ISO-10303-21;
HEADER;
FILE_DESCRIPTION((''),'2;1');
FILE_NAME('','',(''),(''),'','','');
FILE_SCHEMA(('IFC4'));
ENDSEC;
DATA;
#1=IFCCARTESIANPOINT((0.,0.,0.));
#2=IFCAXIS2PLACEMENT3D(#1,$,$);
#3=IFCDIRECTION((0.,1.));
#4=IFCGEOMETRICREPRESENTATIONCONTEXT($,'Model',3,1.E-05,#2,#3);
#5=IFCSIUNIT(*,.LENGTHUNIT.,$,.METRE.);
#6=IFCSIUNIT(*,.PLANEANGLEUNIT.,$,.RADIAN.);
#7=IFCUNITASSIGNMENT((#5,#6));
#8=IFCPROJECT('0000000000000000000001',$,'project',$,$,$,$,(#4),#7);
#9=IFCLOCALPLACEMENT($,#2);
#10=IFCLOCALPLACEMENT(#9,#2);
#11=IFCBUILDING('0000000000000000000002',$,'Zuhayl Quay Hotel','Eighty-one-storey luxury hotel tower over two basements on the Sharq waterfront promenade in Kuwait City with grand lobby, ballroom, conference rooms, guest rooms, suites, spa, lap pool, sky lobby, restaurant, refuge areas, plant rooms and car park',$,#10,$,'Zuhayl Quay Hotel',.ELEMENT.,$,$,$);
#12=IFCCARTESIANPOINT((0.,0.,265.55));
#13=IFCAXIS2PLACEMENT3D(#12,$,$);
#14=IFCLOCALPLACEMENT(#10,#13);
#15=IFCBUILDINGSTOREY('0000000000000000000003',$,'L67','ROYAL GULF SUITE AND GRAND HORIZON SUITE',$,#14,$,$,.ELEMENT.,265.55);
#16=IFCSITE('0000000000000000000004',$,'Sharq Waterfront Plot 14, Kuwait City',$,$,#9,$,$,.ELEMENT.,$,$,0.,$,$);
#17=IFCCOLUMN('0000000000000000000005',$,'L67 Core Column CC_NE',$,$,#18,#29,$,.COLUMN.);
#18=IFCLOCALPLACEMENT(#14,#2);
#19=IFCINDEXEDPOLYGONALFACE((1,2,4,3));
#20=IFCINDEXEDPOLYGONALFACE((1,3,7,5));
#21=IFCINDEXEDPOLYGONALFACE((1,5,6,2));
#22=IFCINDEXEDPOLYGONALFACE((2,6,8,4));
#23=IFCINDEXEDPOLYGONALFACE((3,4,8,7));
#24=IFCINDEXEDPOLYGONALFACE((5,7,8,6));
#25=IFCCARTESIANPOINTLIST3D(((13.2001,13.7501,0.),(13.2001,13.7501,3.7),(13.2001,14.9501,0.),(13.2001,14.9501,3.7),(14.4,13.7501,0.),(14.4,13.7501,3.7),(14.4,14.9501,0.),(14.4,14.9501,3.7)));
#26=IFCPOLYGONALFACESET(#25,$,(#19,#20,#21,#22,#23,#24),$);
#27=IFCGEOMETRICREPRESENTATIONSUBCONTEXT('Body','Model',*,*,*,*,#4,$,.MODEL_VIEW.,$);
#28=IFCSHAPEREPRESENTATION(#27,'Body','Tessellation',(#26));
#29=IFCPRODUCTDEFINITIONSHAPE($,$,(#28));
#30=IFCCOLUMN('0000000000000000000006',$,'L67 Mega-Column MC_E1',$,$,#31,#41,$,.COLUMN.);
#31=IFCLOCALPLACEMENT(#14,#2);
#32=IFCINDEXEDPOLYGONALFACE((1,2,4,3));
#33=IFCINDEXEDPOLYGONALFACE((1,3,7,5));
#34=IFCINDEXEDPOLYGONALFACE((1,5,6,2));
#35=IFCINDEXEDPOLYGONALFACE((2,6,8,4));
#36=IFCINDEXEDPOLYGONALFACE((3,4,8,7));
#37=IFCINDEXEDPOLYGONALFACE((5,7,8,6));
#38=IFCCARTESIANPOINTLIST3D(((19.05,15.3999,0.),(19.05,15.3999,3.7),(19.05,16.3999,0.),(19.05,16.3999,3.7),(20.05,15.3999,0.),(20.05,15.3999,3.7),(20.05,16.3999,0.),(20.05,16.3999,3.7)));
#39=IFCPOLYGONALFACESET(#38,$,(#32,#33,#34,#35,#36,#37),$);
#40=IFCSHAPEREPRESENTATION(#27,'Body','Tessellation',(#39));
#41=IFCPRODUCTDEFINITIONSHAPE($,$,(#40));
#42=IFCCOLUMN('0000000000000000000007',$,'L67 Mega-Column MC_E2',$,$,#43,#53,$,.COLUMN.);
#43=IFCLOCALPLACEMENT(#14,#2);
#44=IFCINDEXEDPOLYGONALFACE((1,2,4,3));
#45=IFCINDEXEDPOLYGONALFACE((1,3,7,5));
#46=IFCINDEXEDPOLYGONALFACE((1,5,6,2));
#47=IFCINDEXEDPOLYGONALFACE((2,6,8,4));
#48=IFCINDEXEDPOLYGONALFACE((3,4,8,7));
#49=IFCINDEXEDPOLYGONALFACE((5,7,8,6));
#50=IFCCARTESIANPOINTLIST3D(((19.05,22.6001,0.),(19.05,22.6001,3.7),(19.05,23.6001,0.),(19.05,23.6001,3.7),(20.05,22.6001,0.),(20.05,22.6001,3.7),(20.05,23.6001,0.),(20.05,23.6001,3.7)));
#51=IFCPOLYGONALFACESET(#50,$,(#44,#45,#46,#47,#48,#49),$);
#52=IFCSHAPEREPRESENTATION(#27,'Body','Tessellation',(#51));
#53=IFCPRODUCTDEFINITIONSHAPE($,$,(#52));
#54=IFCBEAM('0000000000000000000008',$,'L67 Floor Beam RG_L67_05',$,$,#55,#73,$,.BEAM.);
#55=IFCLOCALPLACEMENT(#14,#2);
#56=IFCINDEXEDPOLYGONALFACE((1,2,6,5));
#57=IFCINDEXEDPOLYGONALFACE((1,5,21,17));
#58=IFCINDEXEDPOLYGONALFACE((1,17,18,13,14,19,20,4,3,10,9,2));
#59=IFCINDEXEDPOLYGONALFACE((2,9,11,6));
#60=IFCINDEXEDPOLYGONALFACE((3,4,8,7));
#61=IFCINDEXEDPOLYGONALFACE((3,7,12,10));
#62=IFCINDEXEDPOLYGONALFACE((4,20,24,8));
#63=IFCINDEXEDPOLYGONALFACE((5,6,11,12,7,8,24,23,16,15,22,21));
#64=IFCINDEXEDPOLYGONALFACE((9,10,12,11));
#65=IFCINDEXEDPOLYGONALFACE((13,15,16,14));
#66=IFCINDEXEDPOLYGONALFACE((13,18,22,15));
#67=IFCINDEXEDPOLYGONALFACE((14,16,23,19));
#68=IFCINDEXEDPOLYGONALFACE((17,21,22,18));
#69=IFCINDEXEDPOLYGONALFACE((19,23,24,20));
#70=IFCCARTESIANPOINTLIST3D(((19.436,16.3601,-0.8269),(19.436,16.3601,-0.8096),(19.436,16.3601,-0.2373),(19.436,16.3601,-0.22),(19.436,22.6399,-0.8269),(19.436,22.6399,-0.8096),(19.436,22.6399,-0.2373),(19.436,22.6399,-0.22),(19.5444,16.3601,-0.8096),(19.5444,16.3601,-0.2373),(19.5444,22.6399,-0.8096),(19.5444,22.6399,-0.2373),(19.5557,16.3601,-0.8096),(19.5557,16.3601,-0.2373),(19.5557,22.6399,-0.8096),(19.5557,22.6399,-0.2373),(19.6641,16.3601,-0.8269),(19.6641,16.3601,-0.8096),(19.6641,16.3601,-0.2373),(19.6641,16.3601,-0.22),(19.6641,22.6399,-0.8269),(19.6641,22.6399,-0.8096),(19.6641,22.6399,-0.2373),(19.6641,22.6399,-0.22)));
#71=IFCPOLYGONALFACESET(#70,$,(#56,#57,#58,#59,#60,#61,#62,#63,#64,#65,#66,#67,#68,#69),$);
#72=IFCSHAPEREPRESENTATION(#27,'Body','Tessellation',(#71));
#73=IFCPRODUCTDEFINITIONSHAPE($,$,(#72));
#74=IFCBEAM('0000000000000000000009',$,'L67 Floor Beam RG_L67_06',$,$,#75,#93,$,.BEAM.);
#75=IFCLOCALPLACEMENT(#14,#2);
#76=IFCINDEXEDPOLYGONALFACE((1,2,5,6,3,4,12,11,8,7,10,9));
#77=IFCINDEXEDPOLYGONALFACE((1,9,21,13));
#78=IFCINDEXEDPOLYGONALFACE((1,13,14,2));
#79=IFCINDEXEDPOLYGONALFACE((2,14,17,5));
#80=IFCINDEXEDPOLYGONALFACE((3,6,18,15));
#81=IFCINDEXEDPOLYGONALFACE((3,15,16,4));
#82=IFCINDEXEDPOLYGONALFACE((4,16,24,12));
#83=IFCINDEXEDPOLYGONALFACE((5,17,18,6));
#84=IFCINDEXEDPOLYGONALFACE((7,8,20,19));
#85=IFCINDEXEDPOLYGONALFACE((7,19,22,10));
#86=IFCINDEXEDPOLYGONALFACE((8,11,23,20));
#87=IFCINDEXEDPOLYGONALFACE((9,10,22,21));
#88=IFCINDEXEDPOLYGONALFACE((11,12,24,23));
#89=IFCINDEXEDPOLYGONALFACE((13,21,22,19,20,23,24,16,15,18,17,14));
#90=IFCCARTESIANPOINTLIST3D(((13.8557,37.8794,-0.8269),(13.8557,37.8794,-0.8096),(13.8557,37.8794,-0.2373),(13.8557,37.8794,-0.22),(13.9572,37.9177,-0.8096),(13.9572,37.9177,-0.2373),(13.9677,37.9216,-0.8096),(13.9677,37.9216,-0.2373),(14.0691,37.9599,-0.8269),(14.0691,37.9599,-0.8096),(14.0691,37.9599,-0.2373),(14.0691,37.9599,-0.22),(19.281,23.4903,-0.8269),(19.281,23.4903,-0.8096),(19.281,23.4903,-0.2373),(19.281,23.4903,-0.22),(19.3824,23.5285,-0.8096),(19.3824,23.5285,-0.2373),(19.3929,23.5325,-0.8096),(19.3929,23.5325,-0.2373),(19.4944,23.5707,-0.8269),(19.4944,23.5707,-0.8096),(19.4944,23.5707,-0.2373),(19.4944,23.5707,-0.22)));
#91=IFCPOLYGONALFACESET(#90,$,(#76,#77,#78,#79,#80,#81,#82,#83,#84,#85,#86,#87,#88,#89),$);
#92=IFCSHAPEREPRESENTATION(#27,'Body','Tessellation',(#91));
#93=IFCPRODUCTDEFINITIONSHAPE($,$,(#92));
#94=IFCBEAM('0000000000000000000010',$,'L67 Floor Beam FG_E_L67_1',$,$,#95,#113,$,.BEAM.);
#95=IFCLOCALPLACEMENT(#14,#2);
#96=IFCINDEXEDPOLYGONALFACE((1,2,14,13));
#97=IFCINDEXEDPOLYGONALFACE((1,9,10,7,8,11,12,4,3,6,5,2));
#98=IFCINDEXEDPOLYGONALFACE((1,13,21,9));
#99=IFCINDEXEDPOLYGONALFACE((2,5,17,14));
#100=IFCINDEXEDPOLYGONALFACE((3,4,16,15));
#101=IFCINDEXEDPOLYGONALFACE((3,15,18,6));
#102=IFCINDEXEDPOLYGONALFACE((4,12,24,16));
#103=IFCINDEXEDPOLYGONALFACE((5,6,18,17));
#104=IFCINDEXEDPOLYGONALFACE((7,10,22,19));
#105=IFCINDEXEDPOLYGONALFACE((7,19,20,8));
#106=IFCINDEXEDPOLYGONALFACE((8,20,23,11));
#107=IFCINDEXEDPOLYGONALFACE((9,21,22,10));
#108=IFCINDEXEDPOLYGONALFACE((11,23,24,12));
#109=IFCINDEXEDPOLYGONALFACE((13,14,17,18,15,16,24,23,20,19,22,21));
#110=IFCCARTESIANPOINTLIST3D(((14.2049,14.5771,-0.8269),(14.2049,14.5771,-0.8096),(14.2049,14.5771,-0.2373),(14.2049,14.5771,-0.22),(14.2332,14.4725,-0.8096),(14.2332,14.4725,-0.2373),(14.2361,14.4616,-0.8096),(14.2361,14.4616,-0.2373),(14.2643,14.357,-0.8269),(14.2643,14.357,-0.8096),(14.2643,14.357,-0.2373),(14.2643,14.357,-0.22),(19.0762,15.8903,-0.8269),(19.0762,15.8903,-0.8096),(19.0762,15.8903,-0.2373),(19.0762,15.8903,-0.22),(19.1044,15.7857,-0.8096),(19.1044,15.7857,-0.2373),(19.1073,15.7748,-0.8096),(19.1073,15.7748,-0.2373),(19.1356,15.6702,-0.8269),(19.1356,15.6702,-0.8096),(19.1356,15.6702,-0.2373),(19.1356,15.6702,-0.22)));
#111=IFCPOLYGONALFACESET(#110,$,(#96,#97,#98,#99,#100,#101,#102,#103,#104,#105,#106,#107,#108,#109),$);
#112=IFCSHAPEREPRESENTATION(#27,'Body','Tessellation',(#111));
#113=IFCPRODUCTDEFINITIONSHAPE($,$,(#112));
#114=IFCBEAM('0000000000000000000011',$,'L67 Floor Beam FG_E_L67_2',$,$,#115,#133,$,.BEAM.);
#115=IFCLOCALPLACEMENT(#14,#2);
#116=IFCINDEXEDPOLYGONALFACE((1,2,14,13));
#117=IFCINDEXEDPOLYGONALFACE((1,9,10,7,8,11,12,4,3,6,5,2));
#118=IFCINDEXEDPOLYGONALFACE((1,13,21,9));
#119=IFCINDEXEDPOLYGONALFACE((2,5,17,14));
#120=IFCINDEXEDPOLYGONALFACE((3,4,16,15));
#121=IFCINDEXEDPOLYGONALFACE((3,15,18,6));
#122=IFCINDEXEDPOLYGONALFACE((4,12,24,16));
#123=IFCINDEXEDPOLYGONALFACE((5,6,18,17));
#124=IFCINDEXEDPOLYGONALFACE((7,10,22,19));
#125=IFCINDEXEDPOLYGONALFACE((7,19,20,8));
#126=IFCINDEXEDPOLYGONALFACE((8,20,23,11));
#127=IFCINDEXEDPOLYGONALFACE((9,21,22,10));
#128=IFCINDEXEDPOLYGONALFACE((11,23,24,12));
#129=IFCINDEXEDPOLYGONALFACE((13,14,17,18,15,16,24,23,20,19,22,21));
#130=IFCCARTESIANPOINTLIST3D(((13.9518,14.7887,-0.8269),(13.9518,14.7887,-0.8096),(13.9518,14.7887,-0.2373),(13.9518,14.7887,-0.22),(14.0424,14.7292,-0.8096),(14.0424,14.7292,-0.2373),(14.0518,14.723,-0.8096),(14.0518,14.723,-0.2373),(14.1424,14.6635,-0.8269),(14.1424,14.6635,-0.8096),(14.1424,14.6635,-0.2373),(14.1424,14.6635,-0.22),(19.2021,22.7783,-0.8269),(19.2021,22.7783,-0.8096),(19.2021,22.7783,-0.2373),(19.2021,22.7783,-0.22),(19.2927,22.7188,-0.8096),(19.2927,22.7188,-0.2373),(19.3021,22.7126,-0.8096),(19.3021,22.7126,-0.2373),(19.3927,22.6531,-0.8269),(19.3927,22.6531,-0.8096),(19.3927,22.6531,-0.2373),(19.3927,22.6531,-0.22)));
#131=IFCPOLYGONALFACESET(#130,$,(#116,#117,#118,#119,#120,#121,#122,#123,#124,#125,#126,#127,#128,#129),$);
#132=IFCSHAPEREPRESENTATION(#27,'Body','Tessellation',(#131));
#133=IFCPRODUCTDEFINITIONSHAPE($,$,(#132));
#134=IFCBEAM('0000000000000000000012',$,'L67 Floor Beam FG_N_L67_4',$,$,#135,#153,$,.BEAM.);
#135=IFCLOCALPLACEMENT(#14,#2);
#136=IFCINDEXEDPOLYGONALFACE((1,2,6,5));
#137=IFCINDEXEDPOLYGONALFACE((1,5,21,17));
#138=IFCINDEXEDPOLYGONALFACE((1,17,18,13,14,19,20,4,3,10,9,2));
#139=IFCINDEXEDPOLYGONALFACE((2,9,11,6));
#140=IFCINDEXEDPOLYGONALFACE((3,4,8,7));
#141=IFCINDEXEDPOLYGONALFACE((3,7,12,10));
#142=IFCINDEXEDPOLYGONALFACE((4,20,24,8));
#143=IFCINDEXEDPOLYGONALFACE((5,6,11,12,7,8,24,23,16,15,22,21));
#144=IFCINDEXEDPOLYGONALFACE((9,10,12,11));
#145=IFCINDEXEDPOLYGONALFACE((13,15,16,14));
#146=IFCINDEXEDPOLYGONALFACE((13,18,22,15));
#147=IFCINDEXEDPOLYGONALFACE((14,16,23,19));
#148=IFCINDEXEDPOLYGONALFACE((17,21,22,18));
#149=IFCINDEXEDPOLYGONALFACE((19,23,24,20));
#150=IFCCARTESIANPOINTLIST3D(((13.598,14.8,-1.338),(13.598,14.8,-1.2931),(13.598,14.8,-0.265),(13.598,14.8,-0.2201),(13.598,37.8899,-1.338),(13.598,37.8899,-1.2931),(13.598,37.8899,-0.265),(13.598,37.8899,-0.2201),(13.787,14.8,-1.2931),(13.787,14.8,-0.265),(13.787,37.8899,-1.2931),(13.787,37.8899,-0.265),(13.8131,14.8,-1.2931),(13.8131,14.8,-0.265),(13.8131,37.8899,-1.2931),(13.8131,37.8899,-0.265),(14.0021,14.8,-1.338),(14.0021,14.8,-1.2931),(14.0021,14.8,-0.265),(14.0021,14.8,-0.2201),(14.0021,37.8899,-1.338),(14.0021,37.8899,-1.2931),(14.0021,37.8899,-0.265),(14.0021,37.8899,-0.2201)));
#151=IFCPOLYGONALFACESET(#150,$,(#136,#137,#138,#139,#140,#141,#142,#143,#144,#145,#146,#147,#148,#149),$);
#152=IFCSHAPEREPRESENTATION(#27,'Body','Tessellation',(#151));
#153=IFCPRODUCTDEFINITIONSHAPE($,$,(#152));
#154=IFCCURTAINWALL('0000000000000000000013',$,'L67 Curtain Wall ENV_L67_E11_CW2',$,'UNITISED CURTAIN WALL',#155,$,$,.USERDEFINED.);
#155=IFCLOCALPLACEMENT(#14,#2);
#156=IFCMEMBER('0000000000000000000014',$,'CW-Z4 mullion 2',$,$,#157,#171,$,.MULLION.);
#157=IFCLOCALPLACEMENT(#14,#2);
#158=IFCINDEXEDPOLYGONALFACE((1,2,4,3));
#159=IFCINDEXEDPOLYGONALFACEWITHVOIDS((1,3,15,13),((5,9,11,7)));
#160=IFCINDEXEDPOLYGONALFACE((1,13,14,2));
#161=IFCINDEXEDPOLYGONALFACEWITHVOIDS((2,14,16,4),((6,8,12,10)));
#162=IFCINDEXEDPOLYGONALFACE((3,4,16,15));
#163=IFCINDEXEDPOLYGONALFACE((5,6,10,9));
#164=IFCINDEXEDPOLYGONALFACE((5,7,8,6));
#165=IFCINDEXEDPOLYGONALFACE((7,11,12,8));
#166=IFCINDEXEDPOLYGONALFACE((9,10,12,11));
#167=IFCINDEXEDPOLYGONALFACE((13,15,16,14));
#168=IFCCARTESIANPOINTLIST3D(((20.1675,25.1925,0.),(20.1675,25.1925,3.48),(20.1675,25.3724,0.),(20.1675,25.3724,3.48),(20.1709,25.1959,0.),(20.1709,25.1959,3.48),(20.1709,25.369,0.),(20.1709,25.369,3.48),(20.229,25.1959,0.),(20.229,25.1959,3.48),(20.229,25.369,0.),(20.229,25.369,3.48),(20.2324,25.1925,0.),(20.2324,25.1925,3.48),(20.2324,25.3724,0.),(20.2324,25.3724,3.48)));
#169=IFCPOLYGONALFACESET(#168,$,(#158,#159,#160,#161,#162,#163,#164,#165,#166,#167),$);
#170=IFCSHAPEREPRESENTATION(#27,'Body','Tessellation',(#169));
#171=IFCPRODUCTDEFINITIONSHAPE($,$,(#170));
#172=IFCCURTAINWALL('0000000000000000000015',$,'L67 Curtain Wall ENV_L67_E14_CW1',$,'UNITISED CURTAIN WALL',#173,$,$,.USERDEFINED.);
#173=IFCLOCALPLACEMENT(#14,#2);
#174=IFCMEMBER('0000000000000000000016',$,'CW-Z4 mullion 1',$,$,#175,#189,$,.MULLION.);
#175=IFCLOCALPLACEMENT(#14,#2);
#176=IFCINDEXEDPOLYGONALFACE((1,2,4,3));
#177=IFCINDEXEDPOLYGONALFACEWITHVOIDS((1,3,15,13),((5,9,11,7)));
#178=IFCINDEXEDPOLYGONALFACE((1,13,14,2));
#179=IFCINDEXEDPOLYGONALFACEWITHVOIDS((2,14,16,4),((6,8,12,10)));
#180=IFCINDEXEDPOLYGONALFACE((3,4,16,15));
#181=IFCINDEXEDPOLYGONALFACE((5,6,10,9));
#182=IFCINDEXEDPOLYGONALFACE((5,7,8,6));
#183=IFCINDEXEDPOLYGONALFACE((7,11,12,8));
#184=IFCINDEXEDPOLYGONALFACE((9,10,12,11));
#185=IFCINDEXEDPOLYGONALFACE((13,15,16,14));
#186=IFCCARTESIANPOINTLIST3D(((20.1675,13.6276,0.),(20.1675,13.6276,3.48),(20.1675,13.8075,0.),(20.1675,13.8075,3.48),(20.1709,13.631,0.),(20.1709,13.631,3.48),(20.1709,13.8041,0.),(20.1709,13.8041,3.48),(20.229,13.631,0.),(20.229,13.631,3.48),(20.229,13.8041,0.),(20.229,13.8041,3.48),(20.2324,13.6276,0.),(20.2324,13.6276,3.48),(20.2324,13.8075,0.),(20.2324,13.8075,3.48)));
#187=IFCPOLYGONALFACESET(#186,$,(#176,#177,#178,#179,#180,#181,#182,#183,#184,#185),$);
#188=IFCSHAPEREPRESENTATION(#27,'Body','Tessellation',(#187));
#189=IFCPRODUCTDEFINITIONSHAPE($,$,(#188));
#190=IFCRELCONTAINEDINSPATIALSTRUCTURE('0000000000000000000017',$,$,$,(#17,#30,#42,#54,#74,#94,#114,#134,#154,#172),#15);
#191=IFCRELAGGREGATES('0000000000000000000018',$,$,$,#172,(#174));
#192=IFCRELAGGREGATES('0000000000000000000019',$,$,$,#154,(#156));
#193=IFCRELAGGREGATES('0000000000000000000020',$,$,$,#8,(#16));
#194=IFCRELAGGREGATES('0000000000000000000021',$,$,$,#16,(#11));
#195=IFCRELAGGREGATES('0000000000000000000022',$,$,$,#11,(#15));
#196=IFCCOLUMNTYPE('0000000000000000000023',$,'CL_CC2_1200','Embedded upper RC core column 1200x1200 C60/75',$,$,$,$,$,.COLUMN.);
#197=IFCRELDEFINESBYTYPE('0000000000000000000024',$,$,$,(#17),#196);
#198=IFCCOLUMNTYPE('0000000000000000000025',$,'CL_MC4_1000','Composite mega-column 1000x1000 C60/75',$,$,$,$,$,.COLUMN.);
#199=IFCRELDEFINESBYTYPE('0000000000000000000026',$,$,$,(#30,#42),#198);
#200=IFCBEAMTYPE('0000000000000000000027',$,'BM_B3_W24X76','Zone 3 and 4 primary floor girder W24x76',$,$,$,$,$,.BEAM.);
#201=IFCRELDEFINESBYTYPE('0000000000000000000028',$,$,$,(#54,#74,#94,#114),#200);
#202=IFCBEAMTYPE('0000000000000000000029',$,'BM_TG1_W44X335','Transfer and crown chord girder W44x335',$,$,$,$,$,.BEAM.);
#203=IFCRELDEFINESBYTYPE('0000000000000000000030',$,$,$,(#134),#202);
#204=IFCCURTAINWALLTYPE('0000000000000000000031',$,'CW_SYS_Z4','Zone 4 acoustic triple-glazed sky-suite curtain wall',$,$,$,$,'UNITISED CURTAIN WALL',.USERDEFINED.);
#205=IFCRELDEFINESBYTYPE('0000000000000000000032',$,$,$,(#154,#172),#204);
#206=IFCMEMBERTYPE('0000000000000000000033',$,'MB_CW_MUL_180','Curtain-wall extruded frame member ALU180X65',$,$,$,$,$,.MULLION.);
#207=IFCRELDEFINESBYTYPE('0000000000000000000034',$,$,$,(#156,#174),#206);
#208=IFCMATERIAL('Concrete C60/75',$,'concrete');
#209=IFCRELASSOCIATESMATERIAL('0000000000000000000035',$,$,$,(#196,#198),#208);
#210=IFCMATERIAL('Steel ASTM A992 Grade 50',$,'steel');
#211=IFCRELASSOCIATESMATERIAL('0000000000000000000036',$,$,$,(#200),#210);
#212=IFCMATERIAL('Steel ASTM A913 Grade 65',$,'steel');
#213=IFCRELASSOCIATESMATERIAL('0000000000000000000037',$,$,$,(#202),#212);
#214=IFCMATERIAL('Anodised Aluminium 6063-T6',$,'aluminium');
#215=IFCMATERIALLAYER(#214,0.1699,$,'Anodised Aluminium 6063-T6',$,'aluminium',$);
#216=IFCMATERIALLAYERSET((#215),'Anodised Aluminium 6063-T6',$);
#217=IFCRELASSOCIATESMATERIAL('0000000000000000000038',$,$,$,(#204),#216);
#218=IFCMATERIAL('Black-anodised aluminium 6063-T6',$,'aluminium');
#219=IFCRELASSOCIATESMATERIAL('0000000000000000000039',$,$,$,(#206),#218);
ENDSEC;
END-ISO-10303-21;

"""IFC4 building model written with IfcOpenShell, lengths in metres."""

from ifc_helpers import new_model, si_unit, direction, frame, origin, origin_2d, place, context, subcontext, project, spatial, rectangle, hollow_rectangle, i_section, extrude, material, layer, layer_set, material_profile, profile_set, type_object, element, aggregate, save


model = new_model("IFC4")

# Units and contexts
model_context = context("Model", 3, precision=1e-05, world=origin(), true_north=direction((0.0, 1.0)))
body_context = subcontext(model_context, "Body", "Model", "MODEL_VIEW")
ifc_project = project(units=[si_unit("LENGTHUNIT", "METRE"), si_unit("PLANEANGLEUNIT", "RADIAN")], contexts=[model_context])

# Site, building, storey
site_placement = place(None, origin())
site = spatial("IfcSite", under=ifc_project, at=site_placement, Name="Sharq Waterfront Plot 14, Kuwait City", CompositionType="ELEMENT", RefElevation=0.0)
building_placement = place(site_placement, origin())
building = spatial("IfcBuilding", under=site, at=building_placement, Name="Zuhayl Quay Hotel", Description="Eighty-one-storey luxury hotel tower over two basements on the Sharq waterfront promenade in Kuwait City with grand lobby, ballroom, conference rooms, guest rooms, suites, spa, lap pool, sky lobby, restaurant, refuge areas, plant rooms and car park", LongName="Zuhayl Quay Hotel", CompositionType="ELEMENT")
storey_placement = place(building_placement, frame((0.0, 0.0, 265.55)))
storey = spatial("IfcBuildingStorey", under=building, at=storey_placement, Name="L67", Description="ROYAL GULF SUITE AND GRAND HORIZON SUITE", CompositionType="ELEMENT", Elevation=265.55)

# Columns
ifc_material_1 = material(Name="Concrete C60/75", Category="concrete")
ifc_material_profile_1 = material_profile(ifc_material_1, rectangle(XDim=1.2, YDim=1.2, at=origin_2d()), Name="RC1200X1200")
ifc_profile_set_1 = profile_set([ifc_material_profile_1], Name="Concrete C60/75")
column_type_1 = type_object("IfcColumnType", Name="CL_CC2_1200", Description="Embedded upper RC core column 1200x1200 C60/75", PredefinedType="COLUMN", material=ifc_profile_set_1)
column_placement = place(storey_placement, frame((13.8, 14.3501, 0.0), z_axis=(0.0, 0.0, 1.0), x_axis=(1.0, 0.0, 0.0)))
element("IfcColumn", 1, at=column_placement, inside=storey, type_object=column_type_1, Name="L67 Core Column CC_NE", PredefinedType="COLUMN", context=body_context, shape_type="SweptSolid", body=[
    extrude(rectangle(XDim=1.2, YDim=1.2, at=origin_2d()), origin(), (0.0, 0.0, 1.0), 3.7),
])
ifc_material_profile_2 = material_profile(ifc_material_1, rectangle(XDim=1.0, YDim=1.0, at=origin_2d()), Name="RC1000X1000")
ifc_profile_set_2 = profile_set([ifc_material_profile_2], Name="Concrete C60/75")
column_type_2 = type_object("IfcColumnType", Name="CL_MC4_1000", Description="Composite mega-column 1000x1000 C60/75", PredefinedType="COLUMN", material=ifc_profile_set_2)
for number, where, z_axis, x_axis, name in (
    (2, (19.55, 15.8999, 0.0), (0.0, 0.0, 1.0), (1.0, 0.0, 0.0), "L67 Mega-Column MC_E1"),
    (3, (19.55, 23.1001, 0.0), (0.0, 0.0, 1.0), (1.0, 0.0, 0.0), "L67 Mega-Column MC_E2"),
):
    element("IfcColumn", number, at=place(storey_placement, frame(where, z_axis=z_axis, x_axis=x_axis)), inside=storey, type_object=column_type_2, Name=name, PredefinedType="COLUMN", context=body_context, shape_type="SweptSolid", body=[
        extrude(rectangle(XDim=1.0, YDim=1.0, at=origin_2d()), origin(), (0.0, 0.0, 1.0), 3.7),
    ])

# Beams
ifc_material_2 = material(Name="Steel ASTM A992 Grade 50", Category="steel")
ifc_material_profile_3 = material_profile(ifc_material_2, i_section(OverallWidth=0.228, OverallDepth=0.6069, WebThickness=0.0112, FlangeThickness=0.0173, at=origin_2d()), Name="W24X76")
ifc_profile_set_3 = profile_set([ifc_material_profile_3], Name="Steel ASTM A992 Grade 50")
beam_type_1 = type_object("IfcBeamType", Name="BM_B3_W24X76", Description="Zone 3 and 4 primary floor girder W24x76", PredefinedType="BEAM", material=ifc_profile_set_3)
beam_1_placement = place(storey_placement, frame((19.55, 16.3601, -0.5234), z_axis=(0.0, 1.0, 0.0), x_axis=(-1.0, 0.0, 0.0)))
element("IfcBeam", 4, at=beam_1_placement, inside=storey, type_object=beam_type_1, Name="L67 Floor Beam RG_L67_05", PredefinedType="BEAM", context=body_context, shape_type="SweptSolid", body=[
    extrude(i_section(OverallWidth=0.228, OverallDepth=0.6069, WebThickness=0.0112, FlangeThickness=0.0173, at=origin_2d()), origin(), (0.0, 0.0, 1.0), 6.2798),
])
beam_2_placement = place(storey_placement, frame((19.3877, 23.5305, -0.5234), z_axis=(-0.352797, 0.9357, 0.0), x_axis=(-0.9357, -0.352797, 0.0)))
element("IfcBeam", 5, at=beam_2_placement, inside=storey, type_object=beam_type_1, Name="L67 Floor Beam RG_L67_06", PredefinedType="BEAM", context=body_context, shape_type="SweptSolid", body=[
    extrude(i_section(OverallWidth=0.228, OverallDepth=0.6069, WebThickness=0.0112, FlangeThickness=0.0173, at=origin_2d()), origin(), (0.0, 0.0, 1.0), 15.3779),
])
beam_3_placement = place(storey_placement, frame((14.2346, 14.467, -0.5234), z_axis=(0.96553, 0.260291, 0.0), x_axis=(-0.260291, 0.96553, 0.0)))
element("IfcBeam", 6, at=beam_3_placement, inside=storey, type_object=beam_type_1, Name="L67 Floor Beam FG_E_L67_1", PredefinedType="BEAM", context=body_context, shape_type="SweptSolid", body=[
    extrude(i_section(OverallWidth=0.228, OverallDepth=0.6069, WebThickness=0.0112, FlangeThickness=0.0173, at=origin_2d()), origin(), (0.0, 0.0, 1.0), 5.0452),
])
beam_4_placement = place(storey_placement, frame((14.0471, 14.7261, -0.5234), z_axis=(0.549178, 0.835705, 0.0), x_axis=(-0.835705, 0.549178, 0.0)))
element("IfcBeam", 7, at=beam_4_placement, inside=storey, type_object=beam_type_1, Name="L67 Floor Beam FG_E_L67_2", PredefinedType="BEAM", context=body_context, shape_type="SweptSolid", body=[
    extrude(i_section(OverallWidth=0.228, OverallDepth=0.6069, WebThickness=0.0112, FlangeThickness=0.0173, at=origin_2d()), origin(), (0.0, 0.0, 1.0), 9.5603),
])
ifc_material_3 = material(Name="Steel ASTM A913 Grade 65", Category="steel")
ifc_material_profile_4 = material_profile(ifc_material_3, i_section(OverallWidth=0.4041, OverallDepth=1.1179, WebThickness=0.0261, FlangeThickness=0.0449, at=origin_2d()), Name="W44X335")
ifc_profile_set_4 = profile_set([ifc_material_profile_4], Name="Steel ASTM A913 Grade 65")
beam_type_2 = type_object("IfcBeamType", Name="BM_TG1_W44X335", Description="Transfer and crown chord girder W44x335", PredefinedType="BEAM", material=ifc_profile_set_4)
beam_5_placement = place(storey_placement, frame((13.8, 14.8, -0.7791), z_axis=(0.0, 1.0, 0.0), x_axis=(-1.0, 0.0, 0.0)))
element("IfcBeam", 8, at=beam_5_placement, inside=storey, type_object=beam_type_2, Name="L67 Floor Beam FG_N_L67_4", PredefinedType="BEAM", context=body_context, shape_type="SweptSolid", body=[
    extrude(i_section(OverallWidth=0.4041, OverallDepth=1.1179, WebThickness=0.0261, FlangeThickness=0.0449, at=origin_2d()), origin(), (0.0, 0.0, 1.0), 23.0898),
])

# Curtain wall, member
ifc_material_4 = material(Name="Anodised Aluminium 6063-T6", Category="aluminium")
ifc_layer_1 = layer(ifc_material_4, 0.1699, Name="Anodised Aluminium 6063-T6", Category="aluminium")
ifc_layer_set_1 = layer_set([ifc_layer_1], Name="Anodised Aluminium 6063-T6")
curtain_wall_type = type_object("IfcCurtainWallType", Name="CW_SYS_Z4", Description="Zone 4 acoustic triple-glazed sky-suite curtain wall", ElementType="UNITISED CURTAIN WALL", PredefinedType="USERDEFINED", material=ifc_layer_set_1)
curtain_wall_1_placement = place(storey_placement, origin())
curtain_wall_1 = element("IfcCurtainWall", 9, at=curtain_wall_1_placement, inside=storey, type_object=curtain_wall_type, Name="L67 Curtain Wall ENV_L67_E11_CW2", ObjectType="UNITISED CURTAIN WALL", PredefinedType="USERDEFINED")
ifc_material_5 = material(Name="Black-anodised aluminium 6063-T6", Category="aluminium")
ifc_material_profile_5 = material_profile(ifc_material_5, hollow_rectangle(XDim=0.0649, YDim=0.1799, WallThickness=0.0034, at=origin_2d()), Name="ALU180X65")
ifc_profile_set_5 = profile_set([ifc_material_profile_5], Name="Black-anodised aluminium 6063-T6")
member_type_1 = type_object("IfcMemberType", Name="MB_CW_MUL_180", Description="Curtain-wall extruded frame member ALU180X65", PredefinedType="MULLION", material=ifc_profile_set_5)
member_1_placement = place(storey_placement, frame((20.2, 25.2825, 0.0), z_axis=(0.0, 0.0, 1.0), x_axis=(1.0, 0.0, 0.0)))
member_1 = element("IfcMember", 10, at=member_1_placement, type_object=member_type_1, Name="CW-Z4 mullion 2", PredefinedType="MULLION", context=body_context, shape_type="SweptSolid", body=[
    extrude(hollow_rectangle(XDim=0.0649, YDim=0.1799, WallThickness=0.0034, at=origin_2d()), origin(), (0.0, 0.0, 1.0), 3.48),
])

# Curtain wall, member
curtain_wall_2_placement = place(storey_placement, origin())
curtain_wall_2 = element("IfcCurtainWall", 11, at=curtain_wall_2_placement, inside=storey, type_object=curtain_wall_type, Name="L67 Curtain Wall ENV_L67_E14_CW1", ObjectType="UNITISED CURTAIN WALL", PredefinedType="USERDEFINED")
member_2_placement = place(storey_placement, frame((20.2, 13.7175, 0.0), z_axis=(0.0, 0.0, 1.0), x_axis=(1.0, 0.0, 0.0)))
member_2 = element("IfcMember", 12, at=member_2_placement, type_object=member_type_1, Name="CW-Z4 mullion 1", PredefinedType="MULLION", context=body_context, shape_type="SweptSolid", body=[
    extrude(hollow_rectangle(XDim=0.0649, YDim=0.1799, WallThickness=0.0034, at=origin_2d()), origin(), (0.0, 0.0, 1.0), 3.48),
])
aggregate(curtain_wall_2, [member_2])

aggregate(curtain_wall_1, [member_1])

save(model, "model.ifc")
